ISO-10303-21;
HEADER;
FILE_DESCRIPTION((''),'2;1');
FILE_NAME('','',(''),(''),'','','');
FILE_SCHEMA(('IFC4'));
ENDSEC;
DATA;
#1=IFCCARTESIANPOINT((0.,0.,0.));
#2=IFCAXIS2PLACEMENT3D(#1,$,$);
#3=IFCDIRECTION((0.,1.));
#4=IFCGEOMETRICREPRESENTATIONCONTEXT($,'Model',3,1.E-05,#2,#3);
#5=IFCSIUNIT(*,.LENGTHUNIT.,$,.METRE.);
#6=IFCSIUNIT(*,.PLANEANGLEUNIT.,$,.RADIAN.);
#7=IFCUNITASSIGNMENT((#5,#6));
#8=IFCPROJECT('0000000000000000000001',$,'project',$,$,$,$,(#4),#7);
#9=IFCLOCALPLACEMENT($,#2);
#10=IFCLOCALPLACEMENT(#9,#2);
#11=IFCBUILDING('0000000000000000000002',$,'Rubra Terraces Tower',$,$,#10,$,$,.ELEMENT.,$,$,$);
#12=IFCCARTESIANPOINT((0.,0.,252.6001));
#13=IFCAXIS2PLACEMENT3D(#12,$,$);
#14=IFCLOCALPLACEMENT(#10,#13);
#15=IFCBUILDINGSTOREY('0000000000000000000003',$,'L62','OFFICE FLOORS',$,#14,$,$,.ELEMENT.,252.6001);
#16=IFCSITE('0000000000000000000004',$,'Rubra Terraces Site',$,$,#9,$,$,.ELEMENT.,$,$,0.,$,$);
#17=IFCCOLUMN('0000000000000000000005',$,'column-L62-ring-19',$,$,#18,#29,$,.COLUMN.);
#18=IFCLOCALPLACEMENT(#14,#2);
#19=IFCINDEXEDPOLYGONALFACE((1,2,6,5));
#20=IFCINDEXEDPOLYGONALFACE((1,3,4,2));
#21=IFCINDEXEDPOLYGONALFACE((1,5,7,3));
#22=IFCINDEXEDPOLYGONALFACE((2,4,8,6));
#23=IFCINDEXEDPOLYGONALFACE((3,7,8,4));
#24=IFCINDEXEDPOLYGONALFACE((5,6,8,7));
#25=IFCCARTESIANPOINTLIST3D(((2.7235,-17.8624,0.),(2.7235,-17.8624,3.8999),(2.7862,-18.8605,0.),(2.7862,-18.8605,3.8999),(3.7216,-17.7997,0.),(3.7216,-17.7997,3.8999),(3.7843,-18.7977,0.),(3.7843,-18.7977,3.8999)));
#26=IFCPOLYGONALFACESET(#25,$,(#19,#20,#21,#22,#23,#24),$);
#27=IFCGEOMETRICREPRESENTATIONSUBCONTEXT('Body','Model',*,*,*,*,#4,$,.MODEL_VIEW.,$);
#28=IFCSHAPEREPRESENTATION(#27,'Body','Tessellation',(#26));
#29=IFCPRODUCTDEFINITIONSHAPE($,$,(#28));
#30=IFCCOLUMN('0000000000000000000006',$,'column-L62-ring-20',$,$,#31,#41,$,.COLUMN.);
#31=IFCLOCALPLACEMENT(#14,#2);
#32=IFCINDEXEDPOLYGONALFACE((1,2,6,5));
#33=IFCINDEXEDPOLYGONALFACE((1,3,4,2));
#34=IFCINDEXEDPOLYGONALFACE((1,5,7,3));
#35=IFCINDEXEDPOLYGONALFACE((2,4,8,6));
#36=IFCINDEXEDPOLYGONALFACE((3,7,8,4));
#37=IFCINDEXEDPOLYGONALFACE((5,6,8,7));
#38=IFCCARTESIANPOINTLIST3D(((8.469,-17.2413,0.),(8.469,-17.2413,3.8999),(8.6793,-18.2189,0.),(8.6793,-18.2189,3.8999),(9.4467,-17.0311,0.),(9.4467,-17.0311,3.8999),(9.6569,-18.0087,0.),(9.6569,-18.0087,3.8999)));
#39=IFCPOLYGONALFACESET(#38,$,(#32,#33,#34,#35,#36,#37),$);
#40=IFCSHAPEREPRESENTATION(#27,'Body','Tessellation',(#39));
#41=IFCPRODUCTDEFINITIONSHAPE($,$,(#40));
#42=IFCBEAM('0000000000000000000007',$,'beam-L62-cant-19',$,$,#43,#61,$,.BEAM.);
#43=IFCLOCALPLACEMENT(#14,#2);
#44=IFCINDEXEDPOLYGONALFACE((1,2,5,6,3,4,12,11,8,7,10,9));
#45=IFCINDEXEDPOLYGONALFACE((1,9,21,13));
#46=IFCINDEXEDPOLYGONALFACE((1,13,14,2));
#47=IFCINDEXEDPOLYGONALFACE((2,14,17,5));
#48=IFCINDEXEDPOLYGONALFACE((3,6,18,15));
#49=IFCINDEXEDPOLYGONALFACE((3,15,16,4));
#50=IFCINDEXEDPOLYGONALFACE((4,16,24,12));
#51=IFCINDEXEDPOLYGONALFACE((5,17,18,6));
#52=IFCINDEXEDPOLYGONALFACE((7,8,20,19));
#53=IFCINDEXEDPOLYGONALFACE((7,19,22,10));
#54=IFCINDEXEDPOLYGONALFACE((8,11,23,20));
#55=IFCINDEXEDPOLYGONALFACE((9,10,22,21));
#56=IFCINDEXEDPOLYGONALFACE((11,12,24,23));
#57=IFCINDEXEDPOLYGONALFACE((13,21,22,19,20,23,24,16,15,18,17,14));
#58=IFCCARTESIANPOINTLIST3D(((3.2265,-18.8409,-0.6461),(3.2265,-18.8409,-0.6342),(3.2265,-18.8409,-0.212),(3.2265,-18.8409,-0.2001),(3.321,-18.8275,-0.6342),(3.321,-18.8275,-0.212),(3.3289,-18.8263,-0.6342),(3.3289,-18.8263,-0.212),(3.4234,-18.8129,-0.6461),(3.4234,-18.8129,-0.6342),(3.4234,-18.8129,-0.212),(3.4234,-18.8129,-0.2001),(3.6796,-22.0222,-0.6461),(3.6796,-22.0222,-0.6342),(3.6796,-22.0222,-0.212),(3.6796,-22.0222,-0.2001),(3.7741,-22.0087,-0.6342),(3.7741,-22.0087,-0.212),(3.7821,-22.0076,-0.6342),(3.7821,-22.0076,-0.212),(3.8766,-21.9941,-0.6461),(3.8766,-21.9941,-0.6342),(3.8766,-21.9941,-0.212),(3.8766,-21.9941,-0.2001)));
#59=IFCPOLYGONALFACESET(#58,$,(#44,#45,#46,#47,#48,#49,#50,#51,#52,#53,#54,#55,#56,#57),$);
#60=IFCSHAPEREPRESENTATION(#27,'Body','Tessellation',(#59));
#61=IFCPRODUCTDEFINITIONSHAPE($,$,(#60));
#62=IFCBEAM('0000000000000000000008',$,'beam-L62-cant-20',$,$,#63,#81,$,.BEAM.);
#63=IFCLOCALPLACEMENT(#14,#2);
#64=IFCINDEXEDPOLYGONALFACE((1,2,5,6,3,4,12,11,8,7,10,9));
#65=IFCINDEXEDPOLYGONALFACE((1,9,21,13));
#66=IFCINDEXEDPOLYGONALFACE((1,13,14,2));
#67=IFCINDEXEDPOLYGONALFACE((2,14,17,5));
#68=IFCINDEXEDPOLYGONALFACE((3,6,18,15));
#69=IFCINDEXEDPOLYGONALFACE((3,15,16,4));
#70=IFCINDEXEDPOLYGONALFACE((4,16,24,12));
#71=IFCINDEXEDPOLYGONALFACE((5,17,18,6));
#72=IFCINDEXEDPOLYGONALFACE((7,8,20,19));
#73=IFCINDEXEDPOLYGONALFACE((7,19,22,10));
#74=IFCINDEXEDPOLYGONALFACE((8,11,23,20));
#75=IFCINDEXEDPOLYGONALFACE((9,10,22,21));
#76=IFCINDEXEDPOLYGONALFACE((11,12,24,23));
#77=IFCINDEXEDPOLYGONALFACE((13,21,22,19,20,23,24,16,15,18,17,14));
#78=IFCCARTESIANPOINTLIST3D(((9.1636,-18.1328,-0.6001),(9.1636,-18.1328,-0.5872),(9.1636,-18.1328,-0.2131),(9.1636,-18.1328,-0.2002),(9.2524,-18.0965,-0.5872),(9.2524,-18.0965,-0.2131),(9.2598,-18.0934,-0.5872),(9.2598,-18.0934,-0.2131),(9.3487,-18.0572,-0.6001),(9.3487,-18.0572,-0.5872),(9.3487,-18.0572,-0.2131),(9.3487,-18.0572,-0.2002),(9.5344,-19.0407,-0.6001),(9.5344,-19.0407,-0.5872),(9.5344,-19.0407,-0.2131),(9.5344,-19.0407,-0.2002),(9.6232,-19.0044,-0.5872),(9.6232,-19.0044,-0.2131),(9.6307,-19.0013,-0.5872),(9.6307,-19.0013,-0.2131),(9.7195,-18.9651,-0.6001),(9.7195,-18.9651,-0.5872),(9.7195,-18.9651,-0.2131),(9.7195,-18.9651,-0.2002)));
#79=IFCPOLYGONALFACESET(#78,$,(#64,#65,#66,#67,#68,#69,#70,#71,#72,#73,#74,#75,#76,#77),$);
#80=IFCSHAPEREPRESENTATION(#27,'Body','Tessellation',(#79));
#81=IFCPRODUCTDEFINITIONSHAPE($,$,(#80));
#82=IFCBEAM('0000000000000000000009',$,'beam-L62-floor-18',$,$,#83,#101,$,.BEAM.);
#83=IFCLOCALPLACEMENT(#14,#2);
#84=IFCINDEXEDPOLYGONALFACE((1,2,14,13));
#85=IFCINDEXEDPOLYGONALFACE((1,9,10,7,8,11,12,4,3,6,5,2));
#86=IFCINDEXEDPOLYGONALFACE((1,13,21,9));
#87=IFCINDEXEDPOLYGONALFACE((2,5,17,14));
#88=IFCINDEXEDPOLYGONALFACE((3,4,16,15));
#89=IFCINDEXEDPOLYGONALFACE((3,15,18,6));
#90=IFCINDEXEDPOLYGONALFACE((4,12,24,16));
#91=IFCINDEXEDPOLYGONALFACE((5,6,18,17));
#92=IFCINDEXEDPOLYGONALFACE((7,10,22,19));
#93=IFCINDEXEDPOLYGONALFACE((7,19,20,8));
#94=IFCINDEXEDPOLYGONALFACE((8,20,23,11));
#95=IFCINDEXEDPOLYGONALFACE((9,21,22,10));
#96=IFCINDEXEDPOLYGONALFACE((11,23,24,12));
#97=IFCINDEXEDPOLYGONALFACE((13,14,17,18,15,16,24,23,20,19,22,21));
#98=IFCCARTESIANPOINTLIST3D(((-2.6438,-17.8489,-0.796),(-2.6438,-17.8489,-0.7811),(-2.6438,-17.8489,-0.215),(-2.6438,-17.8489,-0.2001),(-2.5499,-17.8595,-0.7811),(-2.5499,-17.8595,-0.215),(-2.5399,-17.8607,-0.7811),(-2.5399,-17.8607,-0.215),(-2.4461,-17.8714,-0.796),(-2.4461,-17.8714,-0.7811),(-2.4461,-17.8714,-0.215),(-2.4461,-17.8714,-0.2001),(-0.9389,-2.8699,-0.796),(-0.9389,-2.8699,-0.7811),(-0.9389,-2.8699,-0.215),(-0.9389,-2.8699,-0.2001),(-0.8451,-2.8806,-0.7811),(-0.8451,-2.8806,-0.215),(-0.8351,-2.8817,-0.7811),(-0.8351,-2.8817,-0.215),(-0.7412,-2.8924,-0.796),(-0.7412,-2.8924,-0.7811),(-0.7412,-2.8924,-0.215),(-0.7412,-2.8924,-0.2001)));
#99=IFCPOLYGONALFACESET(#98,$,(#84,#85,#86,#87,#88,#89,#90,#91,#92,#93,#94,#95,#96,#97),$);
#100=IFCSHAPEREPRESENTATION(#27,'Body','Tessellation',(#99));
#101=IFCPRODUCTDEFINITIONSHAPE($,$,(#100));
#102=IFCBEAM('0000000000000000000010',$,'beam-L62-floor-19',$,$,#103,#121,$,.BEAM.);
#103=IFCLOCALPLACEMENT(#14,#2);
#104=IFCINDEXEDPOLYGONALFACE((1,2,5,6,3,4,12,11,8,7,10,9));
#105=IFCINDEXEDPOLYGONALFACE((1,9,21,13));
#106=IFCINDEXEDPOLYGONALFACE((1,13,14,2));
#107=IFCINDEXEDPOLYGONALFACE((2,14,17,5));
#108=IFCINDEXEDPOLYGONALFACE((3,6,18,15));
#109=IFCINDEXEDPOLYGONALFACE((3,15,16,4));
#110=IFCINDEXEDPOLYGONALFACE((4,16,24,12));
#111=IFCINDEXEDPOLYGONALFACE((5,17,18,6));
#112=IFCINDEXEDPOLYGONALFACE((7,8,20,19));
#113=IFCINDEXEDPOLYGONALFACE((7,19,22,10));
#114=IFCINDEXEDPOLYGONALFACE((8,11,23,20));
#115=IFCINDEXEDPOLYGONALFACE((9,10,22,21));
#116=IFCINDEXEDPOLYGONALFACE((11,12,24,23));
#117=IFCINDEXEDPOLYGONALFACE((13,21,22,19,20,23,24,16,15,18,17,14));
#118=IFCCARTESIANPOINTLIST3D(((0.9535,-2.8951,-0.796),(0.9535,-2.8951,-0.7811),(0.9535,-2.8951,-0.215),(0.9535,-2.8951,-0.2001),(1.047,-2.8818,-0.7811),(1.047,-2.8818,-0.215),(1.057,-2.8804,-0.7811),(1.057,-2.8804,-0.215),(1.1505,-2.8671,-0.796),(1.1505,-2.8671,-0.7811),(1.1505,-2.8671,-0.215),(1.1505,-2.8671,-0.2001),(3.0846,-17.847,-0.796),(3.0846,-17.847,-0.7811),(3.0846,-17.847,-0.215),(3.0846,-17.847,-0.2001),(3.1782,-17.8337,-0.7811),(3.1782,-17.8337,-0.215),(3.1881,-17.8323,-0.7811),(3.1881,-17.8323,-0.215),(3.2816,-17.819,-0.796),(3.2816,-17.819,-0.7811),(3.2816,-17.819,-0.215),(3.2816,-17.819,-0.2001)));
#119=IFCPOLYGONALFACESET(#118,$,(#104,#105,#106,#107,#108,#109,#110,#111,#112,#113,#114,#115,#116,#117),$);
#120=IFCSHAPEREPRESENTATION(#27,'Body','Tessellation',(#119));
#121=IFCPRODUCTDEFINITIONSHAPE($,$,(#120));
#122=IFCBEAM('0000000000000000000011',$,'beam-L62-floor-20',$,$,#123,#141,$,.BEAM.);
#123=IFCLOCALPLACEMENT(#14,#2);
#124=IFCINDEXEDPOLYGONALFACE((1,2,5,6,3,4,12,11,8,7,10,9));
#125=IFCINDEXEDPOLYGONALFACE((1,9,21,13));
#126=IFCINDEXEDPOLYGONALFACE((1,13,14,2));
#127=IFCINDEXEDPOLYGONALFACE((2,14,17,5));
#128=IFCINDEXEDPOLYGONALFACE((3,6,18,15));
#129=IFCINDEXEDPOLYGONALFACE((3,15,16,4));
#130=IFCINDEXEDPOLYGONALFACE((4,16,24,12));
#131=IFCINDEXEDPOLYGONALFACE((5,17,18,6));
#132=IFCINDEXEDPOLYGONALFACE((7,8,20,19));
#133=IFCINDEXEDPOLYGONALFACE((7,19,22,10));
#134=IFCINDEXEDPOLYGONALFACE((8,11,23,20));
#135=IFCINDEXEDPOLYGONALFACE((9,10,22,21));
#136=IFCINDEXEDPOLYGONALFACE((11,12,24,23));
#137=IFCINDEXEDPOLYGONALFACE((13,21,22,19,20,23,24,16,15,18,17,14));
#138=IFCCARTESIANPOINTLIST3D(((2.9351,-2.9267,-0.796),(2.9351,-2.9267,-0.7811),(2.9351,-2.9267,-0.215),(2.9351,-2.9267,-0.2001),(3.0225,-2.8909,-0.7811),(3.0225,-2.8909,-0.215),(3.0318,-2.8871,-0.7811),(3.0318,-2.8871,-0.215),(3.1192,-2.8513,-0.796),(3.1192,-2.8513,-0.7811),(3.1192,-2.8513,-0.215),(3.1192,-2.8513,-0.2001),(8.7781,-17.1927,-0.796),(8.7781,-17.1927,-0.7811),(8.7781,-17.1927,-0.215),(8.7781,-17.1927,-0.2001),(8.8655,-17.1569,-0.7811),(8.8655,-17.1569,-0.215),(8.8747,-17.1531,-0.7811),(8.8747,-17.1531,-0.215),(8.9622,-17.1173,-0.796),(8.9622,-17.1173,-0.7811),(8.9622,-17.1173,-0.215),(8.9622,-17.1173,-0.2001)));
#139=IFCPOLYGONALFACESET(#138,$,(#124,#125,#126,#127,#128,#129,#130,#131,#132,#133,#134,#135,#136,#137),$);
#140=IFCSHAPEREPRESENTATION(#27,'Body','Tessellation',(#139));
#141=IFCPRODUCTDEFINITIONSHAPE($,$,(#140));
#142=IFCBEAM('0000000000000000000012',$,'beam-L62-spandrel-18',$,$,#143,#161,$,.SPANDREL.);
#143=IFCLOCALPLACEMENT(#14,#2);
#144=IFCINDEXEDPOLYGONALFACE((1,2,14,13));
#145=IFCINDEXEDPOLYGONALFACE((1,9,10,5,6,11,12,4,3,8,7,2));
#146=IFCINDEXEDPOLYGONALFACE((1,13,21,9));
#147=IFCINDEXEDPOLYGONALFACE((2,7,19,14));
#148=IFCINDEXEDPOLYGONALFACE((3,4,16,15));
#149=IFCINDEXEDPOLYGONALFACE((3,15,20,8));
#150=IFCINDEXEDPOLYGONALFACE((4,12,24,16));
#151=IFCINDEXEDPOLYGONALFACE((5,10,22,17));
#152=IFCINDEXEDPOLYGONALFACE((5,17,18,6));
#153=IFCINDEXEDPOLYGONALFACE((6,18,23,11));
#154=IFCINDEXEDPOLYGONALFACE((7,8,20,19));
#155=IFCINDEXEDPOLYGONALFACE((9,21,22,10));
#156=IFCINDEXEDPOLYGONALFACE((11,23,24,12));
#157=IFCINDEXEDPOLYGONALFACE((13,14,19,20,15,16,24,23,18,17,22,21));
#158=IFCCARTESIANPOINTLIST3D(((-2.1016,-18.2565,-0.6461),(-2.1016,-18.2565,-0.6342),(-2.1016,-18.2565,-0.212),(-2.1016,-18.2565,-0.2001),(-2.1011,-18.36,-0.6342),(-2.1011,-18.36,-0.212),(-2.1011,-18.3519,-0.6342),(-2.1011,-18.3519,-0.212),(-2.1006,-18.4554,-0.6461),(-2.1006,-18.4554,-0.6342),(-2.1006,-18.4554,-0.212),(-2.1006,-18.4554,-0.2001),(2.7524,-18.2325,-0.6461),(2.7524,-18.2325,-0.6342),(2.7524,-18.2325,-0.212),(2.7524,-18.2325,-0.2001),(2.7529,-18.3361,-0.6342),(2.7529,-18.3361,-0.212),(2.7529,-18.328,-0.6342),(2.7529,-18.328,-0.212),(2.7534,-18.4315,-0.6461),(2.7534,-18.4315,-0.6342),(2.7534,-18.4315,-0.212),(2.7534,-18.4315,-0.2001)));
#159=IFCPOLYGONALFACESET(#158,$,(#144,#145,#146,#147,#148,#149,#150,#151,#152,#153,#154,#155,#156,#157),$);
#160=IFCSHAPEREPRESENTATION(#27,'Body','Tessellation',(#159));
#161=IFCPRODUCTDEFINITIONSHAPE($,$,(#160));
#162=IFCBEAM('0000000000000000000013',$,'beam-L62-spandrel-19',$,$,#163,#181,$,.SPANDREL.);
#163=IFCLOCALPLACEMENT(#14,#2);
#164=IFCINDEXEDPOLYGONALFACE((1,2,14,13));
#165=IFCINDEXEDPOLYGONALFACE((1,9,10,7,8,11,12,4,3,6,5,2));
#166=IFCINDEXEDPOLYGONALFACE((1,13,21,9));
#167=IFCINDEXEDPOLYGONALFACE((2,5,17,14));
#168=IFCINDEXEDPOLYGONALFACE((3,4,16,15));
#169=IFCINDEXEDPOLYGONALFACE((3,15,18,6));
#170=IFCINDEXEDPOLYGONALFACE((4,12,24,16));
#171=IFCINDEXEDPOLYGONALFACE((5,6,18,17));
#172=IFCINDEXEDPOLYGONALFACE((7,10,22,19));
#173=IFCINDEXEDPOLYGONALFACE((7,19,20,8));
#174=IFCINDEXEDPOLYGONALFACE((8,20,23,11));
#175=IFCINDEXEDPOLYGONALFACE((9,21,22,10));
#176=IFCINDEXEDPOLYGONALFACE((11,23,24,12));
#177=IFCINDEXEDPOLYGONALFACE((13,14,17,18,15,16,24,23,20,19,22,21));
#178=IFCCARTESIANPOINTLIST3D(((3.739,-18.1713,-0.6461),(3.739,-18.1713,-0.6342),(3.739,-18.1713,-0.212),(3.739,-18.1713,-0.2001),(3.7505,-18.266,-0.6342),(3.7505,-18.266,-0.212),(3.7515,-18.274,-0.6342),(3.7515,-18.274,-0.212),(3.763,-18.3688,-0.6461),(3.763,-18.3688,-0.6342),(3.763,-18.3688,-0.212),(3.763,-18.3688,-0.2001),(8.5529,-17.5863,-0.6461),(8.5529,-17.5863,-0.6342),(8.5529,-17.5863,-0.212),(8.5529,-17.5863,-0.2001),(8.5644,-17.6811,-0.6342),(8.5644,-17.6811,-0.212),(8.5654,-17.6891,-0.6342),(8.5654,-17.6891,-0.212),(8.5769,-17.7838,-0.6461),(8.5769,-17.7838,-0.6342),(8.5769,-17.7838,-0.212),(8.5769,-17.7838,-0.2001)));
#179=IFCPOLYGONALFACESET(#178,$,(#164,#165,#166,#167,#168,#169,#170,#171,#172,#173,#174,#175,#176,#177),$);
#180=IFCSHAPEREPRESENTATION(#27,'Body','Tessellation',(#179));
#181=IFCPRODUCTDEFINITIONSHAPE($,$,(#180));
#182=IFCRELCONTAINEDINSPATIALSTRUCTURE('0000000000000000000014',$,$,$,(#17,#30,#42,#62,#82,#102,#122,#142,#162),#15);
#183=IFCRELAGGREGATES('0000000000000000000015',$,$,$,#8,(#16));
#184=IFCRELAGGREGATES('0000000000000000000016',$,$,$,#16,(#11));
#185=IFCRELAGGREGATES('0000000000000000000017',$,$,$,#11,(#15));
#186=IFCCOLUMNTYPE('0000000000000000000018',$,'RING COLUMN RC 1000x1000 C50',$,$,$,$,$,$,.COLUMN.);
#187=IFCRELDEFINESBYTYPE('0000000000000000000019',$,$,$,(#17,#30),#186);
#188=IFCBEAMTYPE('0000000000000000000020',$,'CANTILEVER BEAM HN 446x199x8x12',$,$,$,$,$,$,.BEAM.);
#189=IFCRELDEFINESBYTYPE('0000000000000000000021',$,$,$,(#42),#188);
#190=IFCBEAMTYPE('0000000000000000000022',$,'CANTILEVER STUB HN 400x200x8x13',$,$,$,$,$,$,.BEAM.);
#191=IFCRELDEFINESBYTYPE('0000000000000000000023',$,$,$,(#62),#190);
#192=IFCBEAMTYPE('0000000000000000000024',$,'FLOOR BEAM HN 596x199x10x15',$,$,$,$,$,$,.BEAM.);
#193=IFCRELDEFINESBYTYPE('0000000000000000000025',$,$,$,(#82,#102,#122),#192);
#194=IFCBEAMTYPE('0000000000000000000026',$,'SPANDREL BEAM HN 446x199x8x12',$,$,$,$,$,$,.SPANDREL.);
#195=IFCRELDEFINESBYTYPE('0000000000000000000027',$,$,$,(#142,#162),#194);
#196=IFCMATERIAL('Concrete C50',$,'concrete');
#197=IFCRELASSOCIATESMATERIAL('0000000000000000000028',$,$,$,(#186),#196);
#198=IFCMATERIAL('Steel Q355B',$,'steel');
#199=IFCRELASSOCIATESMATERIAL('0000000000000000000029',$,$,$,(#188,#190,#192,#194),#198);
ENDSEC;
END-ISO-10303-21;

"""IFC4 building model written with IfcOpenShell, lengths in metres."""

from ifc_helpers import new_model, si_unit, direction, frame, origin, origin_2d, place, context, subcontext, project, spatial, rectangle, i_section, extrude, material, material_profile, profile_set, type_object, element, save


model = new_model("IFC4")

# Units and contexts
model_context = context("Model", 3, precision=1e-05, world=origin(), true_north=direction((0.0, 1.0)))
body_context = subcontext(model_context, "Body", "Model", "MODEL_VIEW")
ifc_project = project(units=[si_unit("LENGTHUNIT", "METRE"), si_unit("PLANEANGLEUNIT", "RADIAN")], contexts=[model_context])

# Site, building, storey
site_placement = place(None, origin())
site = spatial("IfcSite", under=ifc_project, at=site_placement, Name="Rubra Terraces Site", CompositionType="ELEMENT", RefElevation=0.0)
building_placement = place(site_placement, origin())
building = spatial("IfcBuilding", under=site, at=building_placement, Name="Rubra Terraces Tower", CompositionType="ELEMENT")
storey_placement = place(building_placement, frame((0.0, 0.0, 252.6001)))
storey = spatial("IfcBuildingStorey", under=building, at=storey_placement, Name="L62", Description="OFFICE FLOORS", CompositionType="ELEMENT", Elevation=252.6001)

# Columns
ifc_material_1 = material(Name="Concrete C50", Category="concrete")
ifc_material_profile_1 = material_profile(ifc_material_1, rectangle(XDim=1.0, YDim=1.0, at=origin_2d()), Name="RC 1000x1000")
ifc_profile_set_1 = profile_set([ifc_material_profile_1], Name="Concrete C50")
column_type = type_object("IfcColumnType", Name="RING COLUMN RC 1000x1000 C50", PredefinedType="COLUMN", material=ifc_profile_set_1)
for number, where, z_axis, x_axis, name in (
    (1, (3.2539, -18.3301, 0.0), (0.0, 0.0, 1.0), (0.998032, 0.062714, 0.0), "column-L62-ring-19"),
    (2, (9.063, -17.625, 0.0), (0.0, 0.0, 1.0), (0.977653, 0.210227, 0.0), "column-L62-ring-20"),
):
    element("IfcColumn", number, at=place(storey_placement, frame(where, z_axis=z_axis, x_axis=x_axis)), inside=storey, type_object=column_type, Name=name, PredefinedType="COLUMN", context=body_context, shape_type="SweptSolid", body=[
        extrude(rectangle(XDim=1.0, YDim=1.0, at=origin_2d()), origin(), (0.0, 0.0, 1.0), 3.8999),
    ])

# Beams
ifc_material_2 = material(Name="Steel Q355B", Category="steel")
ifc_material_profile_2 = material_profile(ifc_material_2, i_section(OverallWidth=0.199, OverallDepth=0.446, WebThickness=0.0081, FlangeThickness=0.012, at=origin_2d()), Name="HN 446x199x8x12")
ifc_profile_set_2 = profile_set([ifc_material_profile_2], Name="Steel Q355B")
beam_type_1 = type_object("IfcBeamType", Name="CANTILEVER BEAM HN 446x199x8x12", PredefinedType="BEAM", material=ifc_profile_set_2)
beam_1_placement = place(storey_placement, frame((3.325, -18.8269, -0.4231), z_axis=(0.141017, -0.990007, 0.0), x_axis=(0.990007, 0.141017, 0.0)))
element("IfcBeam", 3, at=beam_1_placement, inside=storey, type_object=beam_type_1, Name="beam-L62-cant-19", PredefinedType="BEAM", context=body_context, shape_type="SweptSolid", body=[
    extrude(i_section(OverallWidth=0.199, OverallDepth=0.446, WebThickness=0.0081, FlangeThickness=0.012, at=origin_2d()), origin(), (0.0, 0.0, 1.0), 3.2134),
])
ifc_material_profile_3 = material_profile(ifc_material_2, i_section(OverallWidth=0.2, OverallDepth=0.3999, WebThickness=0.0081, FlangeThickness=0.0129, at=origin_2d()), Name="HN 400x200x8x13")
ifc_profile_set_3 = profile_set([ifc_material_profile_3], Name="Steel Q355B")
beam_type_2 = type_object("IfcBeamType", Name="CANTILEVER STUB HN 400x200x8x13", PredefinedType="BEAM", material=ifc_profile_set_3)
beam_2_placement = place(storey_placement, frame((9.2561, -18.095, -0.4001), z_axis=(0.378119, -0.925757, 0.0), x_axis=(0.925757, 0.378119, 0.0)))
element("IfcBeam", 4, at=beam_2_placement, inside=storey, type_object=beam_type_2, Name="beam-L62-cant-20", PredefinedType="BEAM", context=body_context, shape_type="SweptSolid", body=[
    extrude(i_section(OverallWidth=0.2, OverallDepth=0.3999, WebThickness=0.0081, FlangeThickness=0.0129, at=origin_2d()), origin(), (0.0, 0.0, 1.0), 0.9807),
])
ifc_material_profile_4 = material_profile(ifc_material_2, i_section(OverallWidth=0.199, OverallDepth=0.5959, WebThickness=0.01, FlangeThickness=0.0149, at=origin_2d()), Name="HN 596x199x10x15")
ifc_profile_set_4 = profile_set([ifc_material_profile_4], Name="Steel Q355B")
beam_type_3 = type_object("IfcBeamType", Name="FLOOR BEAM HN 596x199x10x15", PredefinedType="BEAM", material=ifc_profile_set_4)
beam_3_placement = place(storey_placement, frame((-2.5449, -17.8601, -0.498), z_axis=(0.113085, 0.993585, 0.0), x_axis=(-0.993585, 0.113085, 0.0)))
element("IfcBeam", 5, at=beam_3_placement, inside=storey, type_object=beam_type_3, Name="beam-L62-floor-18", PredefinedType="BEAM", context=body_context, shape_type="SweptSolid", body=[
    extrude(i_section(OverallWidth=0.199, OverallDepth=0.5959, WebThickness=0.01, FlangeThickness=0.0149, at=origin_2d()), origin(), (0.0, 0.0, 1.0), 15.0757),
])
beam_4_placement = place(storey_placement, frame((3.1831, -17.833, -0.498), z_axis=(-0.141105, 0.989995, 0.0), x_axis=(-0.989995, -0.141105, 0.0)))
element("IfcBeam", 6, at=beam_4_placement, inside=storey, type_object=beam_type_3, Name="beam-L62-floor-19", PredefinedType="BEAM", context=body_context, shape_type="SweptSolid", body=[
    extrude(i_section(OverallWidth=0.199, OverallDepth=0.5959, WebThickness=0.01, FlangeThickness=0.0149, at=origin_2d()), origin(), (0.0, 0.0, 1.0), 15.103),
])
beam_5_placement = place(storey_placement, frame((8.8701, -17.155, -0.498), z_axis=(-0.379015, 0.92539, 0.0), x_axis=(-0.92539, -0.379015, 0.0)))
element("IfcBeam", 7, at=beam_5_placement, inside=storey, type_object=beam_type_3, Name="beam-L62-floor-20", PredefinedType="BEAM", context=body_context, shape_type="SweptSolid", body=[
    extrude(i_section(OverallWidth=0.199, OverallDepth=0.5959, WebThickness=0.01, FlangeThickness=0.0149, at=origin_2d()), origin(), (0.0, 0.0, 1.0), 15.4163),
])
ifc_material_profile_5 = material_profile(ifc_material_2, i_section(OverallWidth=0.199, OverallDepth=0.446, WebThickness=0.0081, FlangeThickness=0.012, at=origin_2d()), Name="HN 446x199x8x12")
ifc_profile_set_5 = profile_set([ifc_material_profile_5], Name="Steel Q355B")
beam_type_4 = type_object("IfcBeamType", Name="SPANDREL BEAM HN 446x199x8x12", PredefinedType="SPANDREL", material=ifc_profile_set_5)
beam_6_placement = place(storey_placement, frame((-2.1011, -18.356, -0.4231), z_axis=(0.999988, 0.004929, 0.0), x_axis=(-0.004929, 0.999988, 0.0)))
element("IfcBeam", 8, at=beam_6_placement, inside=storey, type_object=beam_type_4, Name="beam-L62-spandrel-18", PredefinedType="SPANDREL", context=body_context, shape_type="SweptSolid", body=[
    extrude(i_section(OverallWidth=0.199, OverallDepth=0.446, WebThickness=0.0081, FlangeThickness=0.012, at=origin_2d()), origin(), (0.0, 0.0, 1.0), 4.854),
])
beam_7_placement = place(storey_placement, frame((3.751, -18.27, -0.4231), z_axis=(0.992698, 0.120626, 0.0), x_axis=(-0.120626, 0.992698, 0.0)))
element("IfcBeam", 9, at=beam_7_placement, inside=storey, type_object=beam_type_4, Name="beam-L62-spandrel-19", PredefinedType="SPANDREL", context=body_context, shape_type="SweptSolid", body=[
    extrude(i_section(OverallWidth=0.199, OverallDepth=0.446, WebThickness=0.0081, FlangeThickness=0.012, at=origin_2d()), origin(), (0.0, 0.0, 1.0), 4.8494),
])

save(model, "model.ifc")
